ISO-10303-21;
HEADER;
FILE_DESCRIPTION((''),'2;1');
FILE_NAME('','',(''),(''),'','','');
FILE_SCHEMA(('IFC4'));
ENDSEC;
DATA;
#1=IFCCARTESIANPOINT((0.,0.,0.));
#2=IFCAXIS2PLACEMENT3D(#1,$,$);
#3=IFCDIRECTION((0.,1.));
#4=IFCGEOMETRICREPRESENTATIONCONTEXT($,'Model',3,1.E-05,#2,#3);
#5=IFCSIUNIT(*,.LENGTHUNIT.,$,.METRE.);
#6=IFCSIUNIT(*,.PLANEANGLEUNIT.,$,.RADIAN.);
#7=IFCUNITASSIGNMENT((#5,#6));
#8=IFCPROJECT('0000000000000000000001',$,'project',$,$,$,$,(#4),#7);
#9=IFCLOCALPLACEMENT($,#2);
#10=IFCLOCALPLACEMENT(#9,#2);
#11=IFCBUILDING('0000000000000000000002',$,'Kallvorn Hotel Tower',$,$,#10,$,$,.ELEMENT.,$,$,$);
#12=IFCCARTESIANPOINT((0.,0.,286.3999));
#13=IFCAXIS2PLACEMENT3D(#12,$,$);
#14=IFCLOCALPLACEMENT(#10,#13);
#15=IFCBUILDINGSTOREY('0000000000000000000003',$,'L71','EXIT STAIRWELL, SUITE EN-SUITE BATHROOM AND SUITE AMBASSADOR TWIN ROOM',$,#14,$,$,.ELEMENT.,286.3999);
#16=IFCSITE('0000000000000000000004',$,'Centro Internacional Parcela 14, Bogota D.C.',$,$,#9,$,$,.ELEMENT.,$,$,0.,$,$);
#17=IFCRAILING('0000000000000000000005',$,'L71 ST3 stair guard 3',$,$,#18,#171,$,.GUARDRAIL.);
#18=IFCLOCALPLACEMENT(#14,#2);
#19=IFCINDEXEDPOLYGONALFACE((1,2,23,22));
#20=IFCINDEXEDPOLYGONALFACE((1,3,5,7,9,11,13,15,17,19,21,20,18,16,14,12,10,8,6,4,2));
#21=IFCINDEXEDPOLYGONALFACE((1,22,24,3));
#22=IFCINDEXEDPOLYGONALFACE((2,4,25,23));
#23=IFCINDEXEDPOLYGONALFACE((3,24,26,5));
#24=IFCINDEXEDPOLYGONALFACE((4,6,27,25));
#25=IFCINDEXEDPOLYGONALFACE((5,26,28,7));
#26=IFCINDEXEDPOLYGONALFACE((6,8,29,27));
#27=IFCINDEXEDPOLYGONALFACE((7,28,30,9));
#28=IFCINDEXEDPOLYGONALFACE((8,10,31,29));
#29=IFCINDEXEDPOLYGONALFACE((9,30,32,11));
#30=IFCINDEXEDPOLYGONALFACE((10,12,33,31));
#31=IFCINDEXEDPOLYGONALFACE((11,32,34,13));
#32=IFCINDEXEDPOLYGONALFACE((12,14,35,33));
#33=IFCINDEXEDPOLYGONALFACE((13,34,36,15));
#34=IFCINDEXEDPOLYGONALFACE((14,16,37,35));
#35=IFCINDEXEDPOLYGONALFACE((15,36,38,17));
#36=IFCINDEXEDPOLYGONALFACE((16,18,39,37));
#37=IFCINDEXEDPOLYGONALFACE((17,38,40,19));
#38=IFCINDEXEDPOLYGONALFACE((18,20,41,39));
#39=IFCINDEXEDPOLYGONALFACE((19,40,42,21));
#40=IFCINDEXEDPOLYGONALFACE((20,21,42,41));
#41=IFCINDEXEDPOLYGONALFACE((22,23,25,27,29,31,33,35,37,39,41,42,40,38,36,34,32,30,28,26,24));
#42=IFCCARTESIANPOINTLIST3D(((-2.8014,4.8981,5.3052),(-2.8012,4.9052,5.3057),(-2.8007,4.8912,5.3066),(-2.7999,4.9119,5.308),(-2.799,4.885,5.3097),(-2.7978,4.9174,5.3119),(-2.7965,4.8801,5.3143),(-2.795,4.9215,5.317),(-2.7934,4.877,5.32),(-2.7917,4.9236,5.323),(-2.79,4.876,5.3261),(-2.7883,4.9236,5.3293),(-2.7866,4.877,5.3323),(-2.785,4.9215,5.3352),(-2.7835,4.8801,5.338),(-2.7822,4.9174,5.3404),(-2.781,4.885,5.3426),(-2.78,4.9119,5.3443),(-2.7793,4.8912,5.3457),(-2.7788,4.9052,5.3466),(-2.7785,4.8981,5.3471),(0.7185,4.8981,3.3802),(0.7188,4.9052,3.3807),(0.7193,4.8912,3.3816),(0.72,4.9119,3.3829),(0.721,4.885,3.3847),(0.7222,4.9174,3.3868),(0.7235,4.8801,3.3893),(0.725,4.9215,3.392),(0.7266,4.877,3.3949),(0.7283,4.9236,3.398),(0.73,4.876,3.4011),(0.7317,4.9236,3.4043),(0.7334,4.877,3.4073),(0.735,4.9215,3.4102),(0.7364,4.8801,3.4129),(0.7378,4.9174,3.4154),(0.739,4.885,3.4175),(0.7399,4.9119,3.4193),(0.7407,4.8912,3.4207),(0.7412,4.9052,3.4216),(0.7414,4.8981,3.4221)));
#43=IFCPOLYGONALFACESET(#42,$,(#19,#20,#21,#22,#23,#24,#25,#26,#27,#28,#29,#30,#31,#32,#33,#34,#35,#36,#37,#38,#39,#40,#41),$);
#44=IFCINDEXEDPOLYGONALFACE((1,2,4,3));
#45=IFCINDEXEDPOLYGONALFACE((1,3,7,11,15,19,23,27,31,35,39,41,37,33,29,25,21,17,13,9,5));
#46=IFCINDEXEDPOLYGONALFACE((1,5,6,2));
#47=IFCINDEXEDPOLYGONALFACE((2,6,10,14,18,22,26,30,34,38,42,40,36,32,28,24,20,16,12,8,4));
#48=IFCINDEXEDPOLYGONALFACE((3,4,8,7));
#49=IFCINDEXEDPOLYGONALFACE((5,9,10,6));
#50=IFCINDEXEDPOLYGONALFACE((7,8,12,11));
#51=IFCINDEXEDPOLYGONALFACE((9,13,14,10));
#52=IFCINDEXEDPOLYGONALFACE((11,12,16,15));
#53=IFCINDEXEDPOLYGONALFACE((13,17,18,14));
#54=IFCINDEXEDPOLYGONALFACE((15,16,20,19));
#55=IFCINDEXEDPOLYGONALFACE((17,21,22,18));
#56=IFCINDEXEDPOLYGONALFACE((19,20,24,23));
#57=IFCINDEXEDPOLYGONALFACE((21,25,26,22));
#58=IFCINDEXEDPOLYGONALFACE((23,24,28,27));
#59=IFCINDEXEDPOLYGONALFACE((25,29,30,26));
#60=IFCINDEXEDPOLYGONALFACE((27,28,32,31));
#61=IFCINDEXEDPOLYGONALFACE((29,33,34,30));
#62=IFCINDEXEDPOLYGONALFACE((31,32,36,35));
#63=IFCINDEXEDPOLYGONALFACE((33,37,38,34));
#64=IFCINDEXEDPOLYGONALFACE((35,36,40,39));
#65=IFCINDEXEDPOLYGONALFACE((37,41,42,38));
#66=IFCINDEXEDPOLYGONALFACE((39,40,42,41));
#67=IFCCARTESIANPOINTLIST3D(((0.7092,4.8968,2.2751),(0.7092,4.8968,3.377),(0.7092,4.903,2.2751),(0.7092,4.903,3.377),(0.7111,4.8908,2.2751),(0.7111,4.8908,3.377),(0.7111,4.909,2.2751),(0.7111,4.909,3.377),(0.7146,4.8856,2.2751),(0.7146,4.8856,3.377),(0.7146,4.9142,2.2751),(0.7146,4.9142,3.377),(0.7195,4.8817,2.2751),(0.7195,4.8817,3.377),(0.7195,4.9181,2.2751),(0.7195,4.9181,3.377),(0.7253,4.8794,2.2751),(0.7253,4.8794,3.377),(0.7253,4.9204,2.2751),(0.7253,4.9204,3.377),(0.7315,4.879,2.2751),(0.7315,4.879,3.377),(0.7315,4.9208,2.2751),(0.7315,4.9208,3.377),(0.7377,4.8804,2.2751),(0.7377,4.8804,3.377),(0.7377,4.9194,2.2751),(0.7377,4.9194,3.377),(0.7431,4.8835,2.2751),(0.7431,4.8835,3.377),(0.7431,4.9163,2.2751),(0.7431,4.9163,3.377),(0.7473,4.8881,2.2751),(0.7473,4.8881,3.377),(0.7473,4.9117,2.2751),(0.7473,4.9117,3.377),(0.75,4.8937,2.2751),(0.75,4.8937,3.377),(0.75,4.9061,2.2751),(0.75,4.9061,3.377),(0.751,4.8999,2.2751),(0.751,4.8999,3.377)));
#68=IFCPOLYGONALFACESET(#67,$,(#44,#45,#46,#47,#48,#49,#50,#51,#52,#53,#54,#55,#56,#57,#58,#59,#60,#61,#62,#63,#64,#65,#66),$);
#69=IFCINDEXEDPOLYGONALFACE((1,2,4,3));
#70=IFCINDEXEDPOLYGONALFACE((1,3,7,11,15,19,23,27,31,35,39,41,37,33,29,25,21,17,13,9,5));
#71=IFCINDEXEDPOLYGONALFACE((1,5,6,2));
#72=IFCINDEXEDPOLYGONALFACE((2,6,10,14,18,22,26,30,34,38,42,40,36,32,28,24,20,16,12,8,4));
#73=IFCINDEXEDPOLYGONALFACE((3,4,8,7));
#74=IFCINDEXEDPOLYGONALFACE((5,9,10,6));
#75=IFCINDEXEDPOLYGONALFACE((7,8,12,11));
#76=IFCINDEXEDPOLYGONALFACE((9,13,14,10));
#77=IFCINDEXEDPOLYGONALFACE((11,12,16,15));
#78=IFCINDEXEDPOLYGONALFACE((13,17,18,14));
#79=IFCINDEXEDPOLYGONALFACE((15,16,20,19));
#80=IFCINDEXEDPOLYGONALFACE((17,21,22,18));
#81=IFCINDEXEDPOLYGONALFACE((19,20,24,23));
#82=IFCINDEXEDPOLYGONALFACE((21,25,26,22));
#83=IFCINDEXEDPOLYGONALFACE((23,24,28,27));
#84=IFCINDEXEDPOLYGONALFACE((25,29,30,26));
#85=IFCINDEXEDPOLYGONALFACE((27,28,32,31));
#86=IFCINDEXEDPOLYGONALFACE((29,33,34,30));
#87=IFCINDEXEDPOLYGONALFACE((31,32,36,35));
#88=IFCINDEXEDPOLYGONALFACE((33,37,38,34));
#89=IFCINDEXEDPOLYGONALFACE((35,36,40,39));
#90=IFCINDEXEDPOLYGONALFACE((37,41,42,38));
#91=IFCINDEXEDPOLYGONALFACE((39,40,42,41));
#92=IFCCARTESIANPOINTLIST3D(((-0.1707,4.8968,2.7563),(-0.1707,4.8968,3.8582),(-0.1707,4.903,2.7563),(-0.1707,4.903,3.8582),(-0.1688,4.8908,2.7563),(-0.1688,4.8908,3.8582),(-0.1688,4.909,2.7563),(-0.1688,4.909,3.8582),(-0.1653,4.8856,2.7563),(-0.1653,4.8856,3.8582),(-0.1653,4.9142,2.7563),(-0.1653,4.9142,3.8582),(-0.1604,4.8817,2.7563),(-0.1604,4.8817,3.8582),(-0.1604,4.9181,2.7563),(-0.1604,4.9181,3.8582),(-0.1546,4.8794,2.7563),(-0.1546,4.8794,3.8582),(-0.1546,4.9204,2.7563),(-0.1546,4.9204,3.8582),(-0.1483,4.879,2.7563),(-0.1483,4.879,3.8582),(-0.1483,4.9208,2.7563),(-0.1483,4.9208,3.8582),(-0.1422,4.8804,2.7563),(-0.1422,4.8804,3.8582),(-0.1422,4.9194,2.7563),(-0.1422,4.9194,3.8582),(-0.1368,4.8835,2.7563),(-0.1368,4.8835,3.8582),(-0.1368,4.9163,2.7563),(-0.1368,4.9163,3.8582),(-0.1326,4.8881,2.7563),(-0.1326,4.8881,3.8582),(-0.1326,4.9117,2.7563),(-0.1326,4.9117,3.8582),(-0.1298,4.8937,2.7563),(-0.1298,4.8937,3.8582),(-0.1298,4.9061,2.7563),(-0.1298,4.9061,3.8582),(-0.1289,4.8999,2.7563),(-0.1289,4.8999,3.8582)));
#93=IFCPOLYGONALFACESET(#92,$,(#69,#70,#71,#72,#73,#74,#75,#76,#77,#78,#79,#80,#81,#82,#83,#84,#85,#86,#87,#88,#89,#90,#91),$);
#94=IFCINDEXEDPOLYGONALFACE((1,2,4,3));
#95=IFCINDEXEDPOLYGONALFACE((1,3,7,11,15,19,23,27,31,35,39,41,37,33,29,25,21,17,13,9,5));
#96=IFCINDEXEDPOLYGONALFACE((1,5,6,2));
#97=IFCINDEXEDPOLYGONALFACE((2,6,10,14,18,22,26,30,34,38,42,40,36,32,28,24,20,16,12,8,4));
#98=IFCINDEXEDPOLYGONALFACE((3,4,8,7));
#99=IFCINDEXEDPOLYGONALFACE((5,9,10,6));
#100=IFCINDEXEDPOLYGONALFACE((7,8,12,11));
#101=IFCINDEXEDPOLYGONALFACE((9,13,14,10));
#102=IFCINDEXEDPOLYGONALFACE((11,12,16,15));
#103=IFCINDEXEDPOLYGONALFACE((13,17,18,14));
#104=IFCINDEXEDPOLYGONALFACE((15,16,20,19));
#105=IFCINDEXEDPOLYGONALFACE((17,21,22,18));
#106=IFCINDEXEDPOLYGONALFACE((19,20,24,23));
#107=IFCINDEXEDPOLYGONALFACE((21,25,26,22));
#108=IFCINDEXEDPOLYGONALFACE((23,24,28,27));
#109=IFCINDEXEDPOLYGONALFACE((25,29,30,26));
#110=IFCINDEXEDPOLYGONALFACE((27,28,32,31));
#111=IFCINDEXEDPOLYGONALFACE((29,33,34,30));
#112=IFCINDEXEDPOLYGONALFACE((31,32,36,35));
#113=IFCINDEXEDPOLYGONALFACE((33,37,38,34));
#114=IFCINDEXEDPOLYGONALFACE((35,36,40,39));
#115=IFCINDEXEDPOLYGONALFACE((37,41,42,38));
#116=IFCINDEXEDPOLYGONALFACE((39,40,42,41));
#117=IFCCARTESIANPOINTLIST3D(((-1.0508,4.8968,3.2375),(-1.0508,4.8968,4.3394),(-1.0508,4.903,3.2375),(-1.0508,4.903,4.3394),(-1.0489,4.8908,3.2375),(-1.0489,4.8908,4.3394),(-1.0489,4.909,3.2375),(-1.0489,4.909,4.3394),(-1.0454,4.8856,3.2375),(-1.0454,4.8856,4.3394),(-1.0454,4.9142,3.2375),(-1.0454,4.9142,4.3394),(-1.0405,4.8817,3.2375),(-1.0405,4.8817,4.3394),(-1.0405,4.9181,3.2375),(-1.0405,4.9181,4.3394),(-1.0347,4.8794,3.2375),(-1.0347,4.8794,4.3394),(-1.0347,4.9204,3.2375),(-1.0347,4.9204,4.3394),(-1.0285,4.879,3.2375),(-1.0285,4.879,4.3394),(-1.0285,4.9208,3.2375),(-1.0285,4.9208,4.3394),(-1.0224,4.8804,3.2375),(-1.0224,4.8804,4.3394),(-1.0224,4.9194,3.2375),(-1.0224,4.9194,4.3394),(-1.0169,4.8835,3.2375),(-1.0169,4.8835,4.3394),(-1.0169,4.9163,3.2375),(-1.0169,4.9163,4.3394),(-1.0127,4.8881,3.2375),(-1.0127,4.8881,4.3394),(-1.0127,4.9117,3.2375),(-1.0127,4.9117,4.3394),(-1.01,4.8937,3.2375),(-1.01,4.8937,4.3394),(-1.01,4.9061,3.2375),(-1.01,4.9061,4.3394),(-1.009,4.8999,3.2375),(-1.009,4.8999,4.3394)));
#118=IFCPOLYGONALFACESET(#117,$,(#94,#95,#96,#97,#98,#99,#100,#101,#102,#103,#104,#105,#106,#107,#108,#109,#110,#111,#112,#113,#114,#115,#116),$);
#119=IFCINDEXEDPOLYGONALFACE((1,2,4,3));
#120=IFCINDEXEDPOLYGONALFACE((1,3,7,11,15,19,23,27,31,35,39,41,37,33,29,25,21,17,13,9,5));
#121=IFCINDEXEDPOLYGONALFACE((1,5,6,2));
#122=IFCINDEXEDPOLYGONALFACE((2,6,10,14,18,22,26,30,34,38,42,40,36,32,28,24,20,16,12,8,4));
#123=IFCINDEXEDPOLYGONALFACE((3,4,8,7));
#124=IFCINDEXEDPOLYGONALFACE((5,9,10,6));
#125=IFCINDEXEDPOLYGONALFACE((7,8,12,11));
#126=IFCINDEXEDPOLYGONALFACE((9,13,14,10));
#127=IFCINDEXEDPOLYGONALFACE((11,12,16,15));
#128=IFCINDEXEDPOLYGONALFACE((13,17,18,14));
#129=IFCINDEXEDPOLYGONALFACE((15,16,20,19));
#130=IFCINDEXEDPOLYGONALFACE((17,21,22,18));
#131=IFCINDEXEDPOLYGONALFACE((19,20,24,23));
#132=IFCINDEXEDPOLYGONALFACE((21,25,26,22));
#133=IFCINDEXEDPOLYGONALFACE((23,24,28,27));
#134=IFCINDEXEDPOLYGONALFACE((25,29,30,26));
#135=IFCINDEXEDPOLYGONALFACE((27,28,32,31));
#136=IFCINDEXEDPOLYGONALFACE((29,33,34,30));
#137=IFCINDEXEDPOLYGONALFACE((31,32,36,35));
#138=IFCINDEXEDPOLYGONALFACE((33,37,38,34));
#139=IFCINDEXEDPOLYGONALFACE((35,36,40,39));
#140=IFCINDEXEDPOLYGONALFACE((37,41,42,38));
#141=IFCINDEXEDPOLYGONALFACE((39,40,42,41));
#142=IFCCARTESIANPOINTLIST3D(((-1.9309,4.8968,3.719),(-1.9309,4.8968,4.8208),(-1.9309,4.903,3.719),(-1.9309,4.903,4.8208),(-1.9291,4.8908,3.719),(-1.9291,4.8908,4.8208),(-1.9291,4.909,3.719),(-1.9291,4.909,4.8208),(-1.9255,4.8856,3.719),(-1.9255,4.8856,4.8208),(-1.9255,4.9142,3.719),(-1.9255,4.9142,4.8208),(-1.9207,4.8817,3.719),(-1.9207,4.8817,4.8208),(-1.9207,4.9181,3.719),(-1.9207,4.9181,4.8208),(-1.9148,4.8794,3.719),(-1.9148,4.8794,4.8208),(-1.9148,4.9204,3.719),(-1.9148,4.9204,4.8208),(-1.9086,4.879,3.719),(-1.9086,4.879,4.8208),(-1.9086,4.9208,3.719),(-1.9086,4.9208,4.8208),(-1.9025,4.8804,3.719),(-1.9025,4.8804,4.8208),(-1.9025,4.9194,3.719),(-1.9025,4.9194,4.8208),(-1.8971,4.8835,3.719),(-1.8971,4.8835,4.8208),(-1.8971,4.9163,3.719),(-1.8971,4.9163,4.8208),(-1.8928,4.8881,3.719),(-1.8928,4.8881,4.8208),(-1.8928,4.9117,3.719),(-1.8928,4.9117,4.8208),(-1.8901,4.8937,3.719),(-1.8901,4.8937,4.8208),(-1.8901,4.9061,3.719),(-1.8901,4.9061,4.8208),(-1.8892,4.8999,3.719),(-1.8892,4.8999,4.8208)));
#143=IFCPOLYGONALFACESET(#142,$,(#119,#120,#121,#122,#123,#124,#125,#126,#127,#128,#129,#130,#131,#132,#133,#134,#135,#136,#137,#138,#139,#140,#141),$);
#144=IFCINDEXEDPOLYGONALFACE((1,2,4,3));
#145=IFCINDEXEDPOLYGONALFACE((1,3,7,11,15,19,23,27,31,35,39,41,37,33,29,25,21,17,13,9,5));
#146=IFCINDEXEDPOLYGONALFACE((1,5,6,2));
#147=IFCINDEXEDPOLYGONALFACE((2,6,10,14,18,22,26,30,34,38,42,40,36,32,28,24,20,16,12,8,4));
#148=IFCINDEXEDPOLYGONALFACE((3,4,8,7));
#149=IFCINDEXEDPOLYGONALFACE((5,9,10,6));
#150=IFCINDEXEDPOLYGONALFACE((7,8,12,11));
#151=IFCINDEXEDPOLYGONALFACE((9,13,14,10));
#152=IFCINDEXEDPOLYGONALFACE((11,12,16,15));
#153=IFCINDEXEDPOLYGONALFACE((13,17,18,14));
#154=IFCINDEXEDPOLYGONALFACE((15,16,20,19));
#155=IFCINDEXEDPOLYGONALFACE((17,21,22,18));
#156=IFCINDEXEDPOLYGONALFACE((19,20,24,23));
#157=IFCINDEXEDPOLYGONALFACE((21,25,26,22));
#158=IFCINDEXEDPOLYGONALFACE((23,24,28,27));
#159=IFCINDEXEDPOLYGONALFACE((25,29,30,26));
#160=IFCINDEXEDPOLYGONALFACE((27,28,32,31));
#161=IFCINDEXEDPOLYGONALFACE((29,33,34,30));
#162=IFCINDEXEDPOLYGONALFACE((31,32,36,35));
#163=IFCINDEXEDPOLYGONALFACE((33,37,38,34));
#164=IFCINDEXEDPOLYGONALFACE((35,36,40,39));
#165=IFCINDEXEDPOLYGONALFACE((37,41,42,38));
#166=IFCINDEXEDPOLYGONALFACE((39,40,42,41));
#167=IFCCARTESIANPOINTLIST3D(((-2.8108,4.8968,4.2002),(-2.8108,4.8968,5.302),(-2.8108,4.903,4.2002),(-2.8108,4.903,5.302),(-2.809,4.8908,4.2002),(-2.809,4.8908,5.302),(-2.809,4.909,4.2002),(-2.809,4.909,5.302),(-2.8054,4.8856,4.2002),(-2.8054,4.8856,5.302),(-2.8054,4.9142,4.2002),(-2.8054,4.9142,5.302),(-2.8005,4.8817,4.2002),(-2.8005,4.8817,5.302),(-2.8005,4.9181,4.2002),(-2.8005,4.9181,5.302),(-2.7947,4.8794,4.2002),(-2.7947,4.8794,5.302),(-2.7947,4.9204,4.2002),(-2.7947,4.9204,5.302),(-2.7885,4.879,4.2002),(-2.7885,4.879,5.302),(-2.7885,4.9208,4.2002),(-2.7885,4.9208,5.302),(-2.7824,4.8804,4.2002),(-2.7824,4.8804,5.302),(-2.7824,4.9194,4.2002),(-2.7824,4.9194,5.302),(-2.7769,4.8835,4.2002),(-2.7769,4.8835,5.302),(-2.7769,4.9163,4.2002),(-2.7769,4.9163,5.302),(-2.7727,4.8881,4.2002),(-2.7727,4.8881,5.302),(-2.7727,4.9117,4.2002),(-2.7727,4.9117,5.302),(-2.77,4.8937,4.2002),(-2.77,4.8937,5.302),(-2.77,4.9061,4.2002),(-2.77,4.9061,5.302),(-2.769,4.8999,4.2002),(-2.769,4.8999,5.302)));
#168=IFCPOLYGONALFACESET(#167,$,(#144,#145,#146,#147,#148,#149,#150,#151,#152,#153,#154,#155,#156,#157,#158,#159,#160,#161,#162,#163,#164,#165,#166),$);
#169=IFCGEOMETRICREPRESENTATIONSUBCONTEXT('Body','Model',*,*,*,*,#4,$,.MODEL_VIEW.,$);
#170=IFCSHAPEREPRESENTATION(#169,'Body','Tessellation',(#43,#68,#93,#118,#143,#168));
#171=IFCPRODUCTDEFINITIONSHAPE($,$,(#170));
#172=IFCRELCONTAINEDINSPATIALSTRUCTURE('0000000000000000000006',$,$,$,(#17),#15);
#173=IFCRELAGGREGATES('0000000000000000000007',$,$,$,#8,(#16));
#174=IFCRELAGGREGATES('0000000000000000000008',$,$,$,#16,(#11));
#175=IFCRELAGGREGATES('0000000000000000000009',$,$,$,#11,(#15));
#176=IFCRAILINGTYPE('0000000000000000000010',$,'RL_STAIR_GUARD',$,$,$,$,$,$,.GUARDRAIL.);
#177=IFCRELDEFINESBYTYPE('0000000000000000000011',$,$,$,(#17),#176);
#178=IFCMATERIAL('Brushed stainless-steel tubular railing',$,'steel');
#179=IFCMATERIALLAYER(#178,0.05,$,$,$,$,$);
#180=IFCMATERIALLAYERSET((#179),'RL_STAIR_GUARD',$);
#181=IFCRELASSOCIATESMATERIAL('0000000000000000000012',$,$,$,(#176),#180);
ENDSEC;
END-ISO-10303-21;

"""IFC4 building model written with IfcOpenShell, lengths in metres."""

from ifc_helpers import new_model, si_unit, direction, frame, origin, origin_2d, place, context, subcontext, project, spatial, circle, extrude, material, layer, layer_set, type_object, element, save


model = new_model("IFC4")

# Units and contexts
model_context = context("Model", 3, precision=1e-05, world=origin(), true_north=direction((0.0, 1.0)))
body_context = subcontext(model_context, "Body", "Model", "MODEL_VIEW")
ifc_project = project(units=[si_unit("LENGTHUNIT", "METRE"), si_unit("PLANEANGLEUNIT", "RADIAN")], contexts=[model_context])

# Site, building, storey
site_placement = place(None, origin())
site = spatial("IfcSite", under=ifc_project, at=site_placement, Name="Centro Internacional Parcela 14, Bogota D.C.", CompositionType="ELEMENT", RefElevation=0.0)
building_placement = place(site_placement, origin())
building = spatial("IfcBuilding", under=site, at=building_placement, Name="Kallvorn Hotel Tower", CompositionType="ELEMENT")
storey_placement = place(building_placement, frame((0.0, 0.0, 286.3999)))
storey = spatial("IfcBuildingStorey", under=building, at=storey_placement, Name="L71", Description="EXIT STAIRWELL, SUITE EN-SUITE BATHROOM AND SUITE AMBASSADOR TWIN ROOM", CompositionType="ELEMENT", Elevation=286.3999)

# Railing
ifc_material_1 = material(Name="Brushed stainless-steel tubular railing", Category="steel")
ifc_layer_1 = layer(ifc_material_1, 0.05)
ifc_layer_set_1 = layer_set([ifc_layer_1], Name="RL_STAIR_GUARD")
railing_type_1 = type_object("IfcRailingType", Name="RL_STAIR_GUARD", PredefinedType="GUARDRAIL", material=ifc_layer_set_1)
railing_1_placement = place(storey_placement, frame((0.73, 4.8999, 2.2751)))
element("IfcRailing", 1, at=railing_1_placement, inside=storey, type_object=railing_type_1, Name="L71 ST3 stair guard 3", PredefinedType="GUARDRAIL", context=body_context, shape_type="SweptSolid", body=[
    extrude(circle(Radius=0.0239, at=origin_2d()), frame((0.0, 0.0, 1.126), z_axis=(-0.877367, 0.0, 0.47982), x_axis=(0.0, -1.0, 0.0)), (0.0, 0.0, 1.0), 4.012),
    extrude(circle(Radius=0.021, at=origin_2d()), origin(), (0.0, 0.0, 1.0), 1.1018),
    extrude(circle(Radius=0.021, at=origin_2d()), frame((-0.8799, 0.0, 0.4812)), (0.0, 0.0, 1.0), 1.1018),
    extrude(circle(Radius=0.021, at=origin_2d()), frame((-1.76, 0.0, 0.9624)), (0.0, 0.0, 1.0), 1.1018),
    extrude(circle(Radius=0.021, at=origin_2d()), frame((-2.6401, 0.0, 1.4438)), (0.0, 0.0, 1.0), 1.1018),
    extrude(circle(Radius=0.021, at=origin_2d()), frame((-3.52, 0.0, 1.925)), (0.0, 0.0, 1.0), 1.1018),
])

save(model, "model.ifc")
